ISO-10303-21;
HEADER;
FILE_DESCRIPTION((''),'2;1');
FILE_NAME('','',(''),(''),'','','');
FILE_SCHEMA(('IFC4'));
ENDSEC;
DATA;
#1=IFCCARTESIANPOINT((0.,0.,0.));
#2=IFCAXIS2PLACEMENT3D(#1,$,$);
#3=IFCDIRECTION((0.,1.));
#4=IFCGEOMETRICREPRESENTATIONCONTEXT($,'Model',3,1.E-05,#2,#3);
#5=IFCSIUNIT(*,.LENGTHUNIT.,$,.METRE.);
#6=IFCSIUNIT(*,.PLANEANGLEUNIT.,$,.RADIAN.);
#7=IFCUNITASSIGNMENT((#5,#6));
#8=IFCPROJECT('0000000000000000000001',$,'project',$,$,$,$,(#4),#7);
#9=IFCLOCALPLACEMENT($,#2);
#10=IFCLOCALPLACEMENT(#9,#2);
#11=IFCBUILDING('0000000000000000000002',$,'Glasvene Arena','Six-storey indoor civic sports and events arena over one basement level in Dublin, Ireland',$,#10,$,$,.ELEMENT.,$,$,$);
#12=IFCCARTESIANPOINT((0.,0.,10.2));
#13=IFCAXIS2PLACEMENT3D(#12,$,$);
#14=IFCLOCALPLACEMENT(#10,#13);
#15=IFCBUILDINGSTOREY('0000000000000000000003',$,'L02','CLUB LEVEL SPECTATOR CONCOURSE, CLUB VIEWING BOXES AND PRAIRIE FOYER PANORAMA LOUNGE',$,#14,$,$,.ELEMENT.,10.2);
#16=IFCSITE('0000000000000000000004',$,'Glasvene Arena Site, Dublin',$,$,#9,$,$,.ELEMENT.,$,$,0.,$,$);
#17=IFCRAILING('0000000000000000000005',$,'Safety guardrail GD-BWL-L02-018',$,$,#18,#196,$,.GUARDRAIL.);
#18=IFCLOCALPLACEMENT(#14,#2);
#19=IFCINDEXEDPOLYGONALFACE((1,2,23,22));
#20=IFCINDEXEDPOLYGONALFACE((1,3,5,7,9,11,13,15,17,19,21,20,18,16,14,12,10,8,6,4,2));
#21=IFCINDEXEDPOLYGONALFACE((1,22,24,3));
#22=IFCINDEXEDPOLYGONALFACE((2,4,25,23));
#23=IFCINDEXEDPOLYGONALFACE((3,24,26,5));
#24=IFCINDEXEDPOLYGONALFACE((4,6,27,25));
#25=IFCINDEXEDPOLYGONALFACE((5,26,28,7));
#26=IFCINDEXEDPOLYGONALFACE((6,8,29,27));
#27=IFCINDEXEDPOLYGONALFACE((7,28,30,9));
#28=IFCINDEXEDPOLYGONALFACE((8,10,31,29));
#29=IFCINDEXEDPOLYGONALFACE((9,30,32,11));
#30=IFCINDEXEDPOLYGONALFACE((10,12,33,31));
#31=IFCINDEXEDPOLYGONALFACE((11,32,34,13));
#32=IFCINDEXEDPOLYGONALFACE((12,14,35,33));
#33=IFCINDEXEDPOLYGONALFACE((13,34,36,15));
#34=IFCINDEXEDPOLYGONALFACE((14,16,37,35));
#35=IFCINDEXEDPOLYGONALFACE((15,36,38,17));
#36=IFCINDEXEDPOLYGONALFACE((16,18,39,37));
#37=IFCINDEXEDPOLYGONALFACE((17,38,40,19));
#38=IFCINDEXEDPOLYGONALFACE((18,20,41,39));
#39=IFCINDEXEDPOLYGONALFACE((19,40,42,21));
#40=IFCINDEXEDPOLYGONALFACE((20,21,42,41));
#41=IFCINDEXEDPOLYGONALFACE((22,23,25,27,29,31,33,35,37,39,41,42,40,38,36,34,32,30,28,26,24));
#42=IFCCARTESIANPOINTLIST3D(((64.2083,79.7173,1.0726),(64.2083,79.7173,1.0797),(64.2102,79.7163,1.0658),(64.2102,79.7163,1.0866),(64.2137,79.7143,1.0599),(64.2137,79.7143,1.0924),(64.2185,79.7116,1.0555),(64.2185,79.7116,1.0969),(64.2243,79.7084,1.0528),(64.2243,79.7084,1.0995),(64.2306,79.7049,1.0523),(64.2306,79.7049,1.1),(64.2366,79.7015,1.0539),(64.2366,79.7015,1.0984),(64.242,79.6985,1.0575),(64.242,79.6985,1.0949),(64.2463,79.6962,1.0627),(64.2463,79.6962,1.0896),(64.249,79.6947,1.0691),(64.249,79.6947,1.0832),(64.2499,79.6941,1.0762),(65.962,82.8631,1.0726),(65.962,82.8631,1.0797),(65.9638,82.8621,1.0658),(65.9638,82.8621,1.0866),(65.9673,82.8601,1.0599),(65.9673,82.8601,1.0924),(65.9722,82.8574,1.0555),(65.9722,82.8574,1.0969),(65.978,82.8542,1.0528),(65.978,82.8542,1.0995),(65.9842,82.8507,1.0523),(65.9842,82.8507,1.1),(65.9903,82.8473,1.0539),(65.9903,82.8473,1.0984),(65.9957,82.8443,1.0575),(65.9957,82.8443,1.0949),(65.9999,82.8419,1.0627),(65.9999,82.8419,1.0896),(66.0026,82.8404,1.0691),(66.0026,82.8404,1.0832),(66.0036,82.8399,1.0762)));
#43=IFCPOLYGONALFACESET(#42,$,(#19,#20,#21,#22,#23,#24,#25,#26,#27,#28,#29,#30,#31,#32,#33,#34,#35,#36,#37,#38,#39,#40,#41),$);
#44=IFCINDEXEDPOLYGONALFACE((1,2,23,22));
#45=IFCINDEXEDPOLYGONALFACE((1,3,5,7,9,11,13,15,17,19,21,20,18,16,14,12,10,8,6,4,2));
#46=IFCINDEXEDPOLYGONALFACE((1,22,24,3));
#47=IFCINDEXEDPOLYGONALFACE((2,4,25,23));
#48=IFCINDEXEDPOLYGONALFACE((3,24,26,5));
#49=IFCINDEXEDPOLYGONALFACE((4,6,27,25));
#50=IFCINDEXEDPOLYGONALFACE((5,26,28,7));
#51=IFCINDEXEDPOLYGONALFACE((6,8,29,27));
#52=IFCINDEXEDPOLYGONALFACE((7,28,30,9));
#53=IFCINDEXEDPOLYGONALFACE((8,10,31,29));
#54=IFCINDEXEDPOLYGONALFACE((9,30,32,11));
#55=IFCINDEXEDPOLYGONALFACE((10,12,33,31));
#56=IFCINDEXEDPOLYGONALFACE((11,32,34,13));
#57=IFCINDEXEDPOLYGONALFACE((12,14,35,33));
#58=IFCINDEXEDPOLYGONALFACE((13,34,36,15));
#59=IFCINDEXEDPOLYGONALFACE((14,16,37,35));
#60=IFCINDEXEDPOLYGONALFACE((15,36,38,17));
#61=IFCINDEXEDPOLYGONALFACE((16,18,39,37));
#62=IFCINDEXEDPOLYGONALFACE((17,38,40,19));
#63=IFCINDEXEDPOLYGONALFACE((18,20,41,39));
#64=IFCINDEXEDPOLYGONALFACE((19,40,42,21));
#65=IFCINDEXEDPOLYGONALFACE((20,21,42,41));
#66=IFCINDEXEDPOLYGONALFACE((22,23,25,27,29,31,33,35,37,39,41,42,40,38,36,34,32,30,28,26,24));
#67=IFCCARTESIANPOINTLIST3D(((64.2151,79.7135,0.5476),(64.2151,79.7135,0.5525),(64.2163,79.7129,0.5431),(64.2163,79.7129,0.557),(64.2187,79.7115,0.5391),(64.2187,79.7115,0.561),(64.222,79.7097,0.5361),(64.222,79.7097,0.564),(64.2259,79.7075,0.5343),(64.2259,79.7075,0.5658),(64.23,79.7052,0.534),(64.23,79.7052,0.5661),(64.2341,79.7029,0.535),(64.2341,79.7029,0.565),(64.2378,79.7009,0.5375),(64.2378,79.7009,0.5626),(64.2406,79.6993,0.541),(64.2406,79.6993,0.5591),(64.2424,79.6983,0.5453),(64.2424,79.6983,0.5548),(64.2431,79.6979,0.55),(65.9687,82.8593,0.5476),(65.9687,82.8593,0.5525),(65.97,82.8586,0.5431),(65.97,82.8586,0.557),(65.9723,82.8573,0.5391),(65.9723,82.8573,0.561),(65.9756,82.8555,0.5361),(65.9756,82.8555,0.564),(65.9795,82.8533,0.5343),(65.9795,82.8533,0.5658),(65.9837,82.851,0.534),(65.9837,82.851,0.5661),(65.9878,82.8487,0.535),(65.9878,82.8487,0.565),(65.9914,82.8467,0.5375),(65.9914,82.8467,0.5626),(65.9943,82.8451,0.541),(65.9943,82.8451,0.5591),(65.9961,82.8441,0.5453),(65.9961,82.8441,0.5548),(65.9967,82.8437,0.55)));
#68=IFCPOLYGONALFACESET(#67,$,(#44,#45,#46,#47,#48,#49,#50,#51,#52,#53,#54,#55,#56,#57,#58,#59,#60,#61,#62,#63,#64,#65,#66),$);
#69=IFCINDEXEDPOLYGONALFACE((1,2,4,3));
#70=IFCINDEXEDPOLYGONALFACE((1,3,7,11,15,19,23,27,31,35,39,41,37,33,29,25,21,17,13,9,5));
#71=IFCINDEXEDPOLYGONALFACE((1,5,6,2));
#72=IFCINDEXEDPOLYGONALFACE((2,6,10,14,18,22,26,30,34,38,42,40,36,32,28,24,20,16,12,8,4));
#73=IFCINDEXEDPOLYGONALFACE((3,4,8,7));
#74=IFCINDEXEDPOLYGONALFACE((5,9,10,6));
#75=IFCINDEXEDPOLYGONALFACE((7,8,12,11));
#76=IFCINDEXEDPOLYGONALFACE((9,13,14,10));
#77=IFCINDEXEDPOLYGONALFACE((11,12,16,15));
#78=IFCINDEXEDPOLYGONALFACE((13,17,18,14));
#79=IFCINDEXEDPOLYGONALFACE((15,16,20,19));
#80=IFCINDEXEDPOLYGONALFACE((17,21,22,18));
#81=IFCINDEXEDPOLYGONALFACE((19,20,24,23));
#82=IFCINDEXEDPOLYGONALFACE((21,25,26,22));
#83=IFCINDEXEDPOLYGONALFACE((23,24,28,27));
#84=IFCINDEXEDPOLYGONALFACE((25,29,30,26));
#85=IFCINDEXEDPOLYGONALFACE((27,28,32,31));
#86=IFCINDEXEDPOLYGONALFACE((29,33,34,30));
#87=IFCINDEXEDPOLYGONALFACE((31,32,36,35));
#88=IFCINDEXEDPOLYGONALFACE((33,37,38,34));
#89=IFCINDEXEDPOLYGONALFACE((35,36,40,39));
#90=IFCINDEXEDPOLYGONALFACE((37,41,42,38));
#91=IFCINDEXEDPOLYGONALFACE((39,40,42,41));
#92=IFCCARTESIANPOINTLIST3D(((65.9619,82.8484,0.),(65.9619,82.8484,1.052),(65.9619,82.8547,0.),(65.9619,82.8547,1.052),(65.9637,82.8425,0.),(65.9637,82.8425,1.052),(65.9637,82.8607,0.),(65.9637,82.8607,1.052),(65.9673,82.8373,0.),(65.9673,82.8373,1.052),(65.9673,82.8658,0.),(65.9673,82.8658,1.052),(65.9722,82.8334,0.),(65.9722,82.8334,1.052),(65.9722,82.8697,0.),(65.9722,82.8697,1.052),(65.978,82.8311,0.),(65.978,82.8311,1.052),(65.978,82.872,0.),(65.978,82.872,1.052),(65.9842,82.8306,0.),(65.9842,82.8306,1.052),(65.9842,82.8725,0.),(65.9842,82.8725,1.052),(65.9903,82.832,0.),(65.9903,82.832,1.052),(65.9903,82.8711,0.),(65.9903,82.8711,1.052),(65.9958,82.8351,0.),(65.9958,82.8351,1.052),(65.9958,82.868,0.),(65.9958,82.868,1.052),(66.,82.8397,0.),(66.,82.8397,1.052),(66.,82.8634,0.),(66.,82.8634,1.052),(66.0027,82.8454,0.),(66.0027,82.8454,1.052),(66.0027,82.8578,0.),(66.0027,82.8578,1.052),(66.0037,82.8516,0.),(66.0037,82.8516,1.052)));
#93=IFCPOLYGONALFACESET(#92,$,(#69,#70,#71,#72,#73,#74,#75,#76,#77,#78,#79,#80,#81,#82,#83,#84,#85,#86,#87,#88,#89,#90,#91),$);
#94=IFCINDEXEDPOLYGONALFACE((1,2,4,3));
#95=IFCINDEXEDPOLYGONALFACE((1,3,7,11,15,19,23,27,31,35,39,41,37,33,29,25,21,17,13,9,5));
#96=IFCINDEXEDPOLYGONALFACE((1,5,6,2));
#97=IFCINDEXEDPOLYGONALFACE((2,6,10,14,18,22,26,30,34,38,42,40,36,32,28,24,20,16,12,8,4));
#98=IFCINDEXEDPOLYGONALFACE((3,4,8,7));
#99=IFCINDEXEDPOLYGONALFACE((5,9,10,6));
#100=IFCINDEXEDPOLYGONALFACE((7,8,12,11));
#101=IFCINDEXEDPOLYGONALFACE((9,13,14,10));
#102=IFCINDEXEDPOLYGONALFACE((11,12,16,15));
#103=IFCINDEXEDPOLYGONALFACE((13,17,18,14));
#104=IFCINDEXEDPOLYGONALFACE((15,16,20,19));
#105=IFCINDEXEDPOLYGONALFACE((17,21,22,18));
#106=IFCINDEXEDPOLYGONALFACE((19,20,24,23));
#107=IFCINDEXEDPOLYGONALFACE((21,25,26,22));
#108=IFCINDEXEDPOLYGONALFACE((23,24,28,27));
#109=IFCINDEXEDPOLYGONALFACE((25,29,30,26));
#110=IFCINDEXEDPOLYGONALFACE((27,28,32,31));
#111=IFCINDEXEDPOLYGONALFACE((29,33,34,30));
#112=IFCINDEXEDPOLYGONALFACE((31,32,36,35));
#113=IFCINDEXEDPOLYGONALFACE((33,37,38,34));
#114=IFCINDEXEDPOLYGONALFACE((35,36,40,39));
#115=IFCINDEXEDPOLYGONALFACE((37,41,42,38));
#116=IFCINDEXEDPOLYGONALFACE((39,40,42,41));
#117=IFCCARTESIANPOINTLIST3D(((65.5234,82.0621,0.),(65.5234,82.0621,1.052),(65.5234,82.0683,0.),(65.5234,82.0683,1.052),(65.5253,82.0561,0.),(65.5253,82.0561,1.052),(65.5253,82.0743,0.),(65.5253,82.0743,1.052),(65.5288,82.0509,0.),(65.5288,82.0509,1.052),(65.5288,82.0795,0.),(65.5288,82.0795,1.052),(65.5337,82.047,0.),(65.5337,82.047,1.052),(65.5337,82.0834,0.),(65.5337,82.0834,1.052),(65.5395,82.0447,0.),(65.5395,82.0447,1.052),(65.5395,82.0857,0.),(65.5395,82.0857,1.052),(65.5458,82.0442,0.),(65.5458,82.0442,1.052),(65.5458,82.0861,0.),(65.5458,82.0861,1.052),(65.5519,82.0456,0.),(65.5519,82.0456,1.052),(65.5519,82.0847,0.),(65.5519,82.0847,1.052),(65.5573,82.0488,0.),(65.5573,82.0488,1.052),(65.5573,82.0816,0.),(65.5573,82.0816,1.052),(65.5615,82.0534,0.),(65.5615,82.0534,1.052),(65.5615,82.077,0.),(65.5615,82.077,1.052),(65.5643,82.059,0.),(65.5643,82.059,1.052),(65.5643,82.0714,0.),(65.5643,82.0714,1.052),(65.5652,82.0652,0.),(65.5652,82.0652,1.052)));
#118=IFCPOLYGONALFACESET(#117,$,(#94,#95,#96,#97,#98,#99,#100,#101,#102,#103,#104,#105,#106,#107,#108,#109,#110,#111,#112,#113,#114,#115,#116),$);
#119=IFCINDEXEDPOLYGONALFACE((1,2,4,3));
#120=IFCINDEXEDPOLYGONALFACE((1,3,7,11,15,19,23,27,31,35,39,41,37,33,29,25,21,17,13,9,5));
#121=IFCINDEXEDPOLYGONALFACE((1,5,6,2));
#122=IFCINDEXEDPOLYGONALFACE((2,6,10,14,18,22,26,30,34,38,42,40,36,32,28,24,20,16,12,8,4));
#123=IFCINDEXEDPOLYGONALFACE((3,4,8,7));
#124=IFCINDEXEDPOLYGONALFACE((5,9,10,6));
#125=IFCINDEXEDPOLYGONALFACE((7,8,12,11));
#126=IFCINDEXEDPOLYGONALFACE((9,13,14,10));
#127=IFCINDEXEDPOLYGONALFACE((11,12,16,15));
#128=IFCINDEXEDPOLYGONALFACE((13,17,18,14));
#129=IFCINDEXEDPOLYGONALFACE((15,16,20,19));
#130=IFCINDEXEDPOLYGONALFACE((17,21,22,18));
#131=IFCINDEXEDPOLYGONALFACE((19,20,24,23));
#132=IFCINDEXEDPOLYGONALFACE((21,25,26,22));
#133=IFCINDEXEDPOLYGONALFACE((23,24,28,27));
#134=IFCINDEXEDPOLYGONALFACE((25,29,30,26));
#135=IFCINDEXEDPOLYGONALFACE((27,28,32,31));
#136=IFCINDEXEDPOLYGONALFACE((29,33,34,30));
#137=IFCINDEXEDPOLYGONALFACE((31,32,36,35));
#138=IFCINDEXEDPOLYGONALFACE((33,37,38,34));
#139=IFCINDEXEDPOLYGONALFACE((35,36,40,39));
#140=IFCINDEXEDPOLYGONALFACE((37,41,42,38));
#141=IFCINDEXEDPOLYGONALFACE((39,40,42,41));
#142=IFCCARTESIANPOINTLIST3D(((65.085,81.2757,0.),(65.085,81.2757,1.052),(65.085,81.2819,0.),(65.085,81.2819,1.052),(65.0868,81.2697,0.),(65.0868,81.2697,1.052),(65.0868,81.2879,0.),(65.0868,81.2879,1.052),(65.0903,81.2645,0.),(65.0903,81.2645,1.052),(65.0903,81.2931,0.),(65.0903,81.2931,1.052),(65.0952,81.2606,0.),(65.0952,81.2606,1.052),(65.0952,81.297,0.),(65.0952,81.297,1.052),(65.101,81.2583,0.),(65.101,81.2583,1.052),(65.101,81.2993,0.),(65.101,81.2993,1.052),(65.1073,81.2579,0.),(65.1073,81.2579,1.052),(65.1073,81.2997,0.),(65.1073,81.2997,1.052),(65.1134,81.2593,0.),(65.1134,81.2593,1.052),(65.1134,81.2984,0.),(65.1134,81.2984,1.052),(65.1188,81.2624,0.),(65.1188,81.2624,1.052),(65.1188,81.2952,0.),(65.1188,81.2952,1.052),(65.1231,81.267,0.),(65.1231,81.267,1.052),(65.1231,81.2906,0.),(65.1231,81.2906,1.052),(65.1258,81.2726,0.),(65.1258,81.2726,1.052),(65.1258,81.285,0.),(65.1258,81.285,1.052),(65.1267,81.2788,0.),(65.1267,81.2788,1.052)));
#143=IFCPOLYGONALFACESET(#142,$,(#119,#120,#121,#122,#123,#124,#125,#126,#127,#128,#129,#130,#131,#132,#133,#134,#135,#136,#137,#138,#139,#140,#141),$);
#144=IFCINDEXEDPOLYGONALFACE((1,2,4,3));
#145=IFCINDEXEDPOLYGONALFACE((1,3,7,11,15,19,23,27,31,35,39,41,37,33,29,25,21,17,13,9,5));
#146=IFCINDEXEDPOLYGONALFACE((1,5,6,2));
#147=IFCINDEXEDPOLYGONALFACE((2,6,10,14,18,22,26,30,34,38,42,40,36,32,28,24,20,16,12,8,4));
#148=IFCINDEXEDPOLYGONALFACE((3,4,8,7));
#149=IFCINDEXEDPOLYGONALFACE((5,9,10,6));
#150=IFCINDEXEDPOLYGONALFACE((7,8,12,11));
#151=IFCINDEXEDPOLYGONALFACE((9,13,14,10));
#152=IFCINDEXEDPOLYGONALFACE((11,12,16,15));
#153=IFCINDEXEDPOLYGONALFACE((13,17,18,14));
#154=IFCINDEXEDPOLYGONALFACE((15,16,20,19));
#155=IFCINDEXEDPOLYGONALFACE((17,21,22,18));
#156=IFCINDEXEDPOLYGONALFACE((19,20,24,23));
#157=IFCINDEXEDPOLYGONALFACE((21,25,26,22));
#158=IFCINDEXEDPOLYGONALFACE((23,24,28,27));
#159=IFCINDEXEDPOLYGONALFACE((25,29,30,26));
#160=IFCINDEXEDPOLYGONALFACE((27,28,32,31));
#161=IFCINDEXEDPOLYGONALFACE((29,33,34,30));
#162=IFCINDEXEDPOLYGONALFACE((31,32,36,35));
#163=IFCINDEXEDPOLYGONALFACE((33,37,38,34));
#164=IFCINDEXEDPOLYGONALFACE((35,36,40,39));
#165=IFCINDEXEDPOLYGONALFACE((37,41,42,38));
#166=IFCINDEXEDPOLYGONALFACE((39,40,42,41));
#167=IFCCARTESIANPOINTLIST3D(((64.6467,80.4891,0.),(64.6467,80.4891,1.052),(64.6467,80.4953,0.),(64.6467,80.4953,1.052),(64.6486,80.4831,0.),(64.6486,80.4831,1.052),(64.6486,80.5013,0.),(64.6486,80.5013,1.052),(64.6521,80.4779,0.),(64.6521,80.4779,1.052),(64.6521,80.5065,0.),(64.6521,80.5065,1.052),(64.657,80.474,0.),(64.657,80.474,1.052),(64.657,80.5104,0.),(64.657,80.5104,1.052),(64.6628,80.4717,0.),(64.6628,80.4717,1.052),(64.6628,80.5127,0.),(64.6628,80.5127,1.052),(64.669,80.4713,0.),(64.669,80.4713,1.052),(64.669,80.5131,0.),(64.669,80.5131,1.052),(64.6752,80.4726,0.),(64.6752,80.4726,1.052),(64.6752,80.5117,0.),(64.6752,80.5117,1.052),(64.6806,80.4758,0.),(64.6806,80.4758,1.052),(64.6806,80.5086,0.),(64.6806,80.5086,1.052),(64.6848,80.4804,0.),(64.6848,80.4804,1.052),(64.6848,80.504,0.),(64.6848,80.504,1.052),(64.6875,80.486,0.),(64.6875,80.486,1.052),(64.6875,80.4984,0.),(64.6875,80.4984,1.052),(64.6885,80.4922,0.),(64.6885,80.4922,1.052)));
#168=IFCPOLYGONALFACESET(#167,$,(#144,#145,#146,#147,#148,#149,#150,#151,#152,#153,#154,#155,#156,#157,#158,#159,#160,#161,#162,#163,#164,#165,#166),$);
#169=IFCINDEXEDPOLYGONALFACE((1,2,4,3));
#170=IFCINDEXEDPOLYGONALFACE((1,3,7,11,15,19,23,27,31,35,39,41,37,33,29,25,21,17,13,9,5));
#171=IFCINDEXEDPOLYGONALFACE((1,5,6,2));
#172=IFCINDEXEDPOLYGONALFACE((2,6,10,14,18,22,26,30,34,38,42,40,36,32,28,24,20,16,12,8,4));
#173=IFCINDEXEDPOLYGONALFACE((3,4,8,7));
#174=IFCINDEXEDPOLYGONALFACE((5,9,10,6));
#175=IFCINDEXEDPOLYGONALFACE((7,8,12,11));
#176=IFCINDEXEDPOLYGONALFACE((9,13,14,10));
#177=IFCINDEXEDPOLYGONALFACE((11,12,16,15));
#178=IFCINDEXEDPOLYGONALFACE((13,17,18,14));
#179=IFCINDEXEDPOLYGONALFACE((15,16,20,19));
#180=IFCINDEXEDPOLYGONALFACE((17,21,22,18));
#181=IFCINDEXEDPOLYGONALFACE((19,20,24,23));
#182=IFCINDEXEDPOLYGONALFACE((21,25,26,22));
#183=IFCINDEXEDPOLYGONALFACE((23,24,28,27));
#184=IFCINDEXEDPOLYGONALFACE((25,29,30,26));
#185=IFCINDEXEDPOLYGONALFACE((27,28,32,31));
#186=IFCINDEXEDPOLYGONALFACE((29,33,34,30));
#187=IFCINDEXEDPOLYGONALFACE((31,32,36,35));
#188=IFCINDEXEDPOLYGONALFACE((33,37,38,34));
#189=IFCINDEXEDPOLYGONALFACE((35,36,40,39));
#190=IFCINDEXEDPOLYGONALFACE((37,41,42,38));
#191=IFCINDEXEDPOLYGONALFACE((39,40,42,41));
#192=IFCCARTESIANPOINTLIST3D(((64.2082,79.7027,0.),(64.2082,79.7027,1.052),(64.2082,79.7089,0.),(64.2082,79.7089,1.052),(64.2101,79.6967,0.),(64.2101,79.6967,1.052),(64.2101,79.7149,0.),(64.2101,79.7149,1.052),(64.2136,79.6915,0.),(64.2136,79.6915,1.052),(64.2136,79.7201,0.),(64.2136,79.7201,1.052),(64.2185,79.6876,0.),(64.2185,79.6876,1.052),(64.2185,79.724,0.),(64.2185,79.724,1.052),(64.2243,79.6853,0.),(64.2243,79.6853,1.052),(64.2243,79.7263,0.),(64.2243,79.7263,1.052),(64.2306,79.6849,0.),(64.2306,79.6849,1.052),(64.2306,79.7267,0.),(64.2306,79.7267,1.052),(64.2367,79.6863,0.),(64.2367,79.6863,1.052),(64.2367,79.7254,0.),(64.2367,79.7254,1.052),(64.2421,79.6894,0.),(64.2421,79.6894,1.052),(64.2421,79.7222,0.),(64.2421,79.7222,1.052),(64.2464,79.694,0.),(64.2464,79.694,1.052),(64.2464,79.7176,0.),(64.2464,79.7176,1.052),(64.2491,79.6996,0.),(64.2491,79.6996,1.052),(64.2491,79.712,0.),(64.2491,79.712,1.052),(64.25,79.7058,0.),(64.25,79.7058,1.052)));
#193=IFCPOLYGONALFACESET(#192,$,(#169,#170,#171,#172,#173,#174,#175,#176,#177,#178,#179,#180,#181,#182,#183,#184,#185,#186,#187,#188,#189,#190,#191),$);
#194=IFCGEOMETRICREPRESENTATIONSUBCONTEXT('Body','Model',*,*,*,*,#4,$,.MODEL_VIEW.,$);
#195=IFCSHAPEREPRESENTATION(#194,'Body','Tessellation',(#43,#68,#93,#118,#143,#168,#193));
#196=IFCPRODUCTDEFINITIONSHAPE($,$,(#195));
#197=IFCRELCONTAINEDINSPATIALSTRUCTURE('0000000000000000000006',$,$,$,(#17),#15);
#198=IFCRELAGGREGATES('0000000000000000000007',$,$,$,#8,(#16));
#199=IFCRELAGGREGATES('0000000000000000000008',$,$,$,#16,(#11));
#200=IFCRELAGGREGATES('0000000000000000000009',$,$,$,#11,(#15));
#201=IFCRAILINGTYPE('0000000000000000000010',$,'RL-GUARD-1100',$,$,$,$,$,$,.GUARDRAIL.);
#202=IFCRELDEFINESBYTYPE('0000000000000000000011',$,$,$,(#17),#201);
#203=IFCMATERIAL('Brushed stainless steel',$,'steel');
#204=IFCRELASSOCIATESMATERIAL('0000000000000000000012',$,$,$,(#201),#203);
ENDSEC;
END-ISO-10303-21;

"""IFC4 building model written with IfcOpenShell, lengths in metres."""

from ifc_helpers import new_model, si_unit, direction, frame, origin, origin_2d, place, context, subcontext, project, spatial, circle, extrude, material, type_object, element, save


model = new_model("IFC4")

# Units and contexts
model_context = context("Model", 3, precision=1e-05, world=origin(), true_north=direction((0.0, 1.0)))
body_context = subcontext(model_context, "Body", "Model", "MODEL_VIEW")
ifc_project = project(units=[si_unit("LENGTHUNIT", "METRE"), si_unit("PLANEANGLEUNIT", "RADIAN")], contexts=[model_context])

# Site, building, storey
site_placement = place(None, origin())
site = spatial("IfcSite", under=ifc_project, at=site_placement, Name="Glasvene Arena Site, Dublin", CompositionType="ELEMENT", RefElevation=0.0)
building_placement = place(site_placement, origin())
building = spatial("IfcBuilding", under=site, at=building_placement, Name="Glasvene Arena", Description="Six-storey indoor civic sports and events arena over one basement level in Dublin, Ireland", CompositionType="ELEMENT")
storey_placement = place(building_placement, frame((0.0, 0.0, 10.2)))
storey = spatial("IfcBuildingStorey", under=building, at=storey_placement, Name="L02", Description="CLUB LEVEL SPECTATOR CONCOURSE, CLUB VIEWING BOXES AND PRAIRIE FOYER PANORAMA LOUNGE", CompositionType="ELEMENT", Elevation=10.2)

# Railing
ifc_material_1 = material(Name="Brushed stainless steel", Category="steel")
railing_type = type_object("IfcRailingType", Name="RL-GUARD-1100", PredefinedType="GUARDRAIL", material=ifc_material_1)
railing_1_placement = place(storey_placement, frame((65.9827, 82.8516, 0.0)))
element("IfcRailing", 1, at=railing_1_placement, inside=storey, type_object=railing_type, Name="Safety guardrail GD-BWL-L02-018", PredefinedType="GUARDRAIL", context=body_context, shape_type="SweptSolid", body=[
    extrude(circle(Radius=0.0239, at=origin_2d()), frame((0.0, 0.0, 1.0762), z_axis=(-0.48692, -0.873446, 0.0), x_axis=(0.873446, -0.48692, 0.0)), (0.0, 0.0, 1.0), 3.6016),
    extrude(circle(Radius=0.0161, at=origin_2d()), frame((0.0, 0.0, 0.55), z_axis=(-0.48692, -0.873446, 0.0), x_axis=(0.873446, -0.48692, 0.0)), (0.0, 0.0, 1.0), 3.6016),
    extrude(circle(Radius=0.021, at=origin_2d()), origin(), (0.0, 0.0, 1.0), 1.052),
    extrude(circle(Radius=0.021, at=origin_2d()), frame((-0.4385, -0.7864, 0.0)), (0.0, 0.0, 1.0), 1.052),
    extrude(circle(Radius=0.021, at=origin_2d()), frame((-0.877, -1.5728, 0.0)), (0.0, 0.0, 1.0), 1.052),
    extrude(circle(Radius=0.021, at=origin_2d()), frame((-1.3152, -2.3594, 0.0)), (0.0, 0.0, 1.0), 1.052),
    extrude(circle(Radius=0.021, at=origin_2d()), frame((-1.7537, -3.1458, 0.0)), (0.0, 0.0, 1.0), 1.052),
])

save(model, "model.ifc")
